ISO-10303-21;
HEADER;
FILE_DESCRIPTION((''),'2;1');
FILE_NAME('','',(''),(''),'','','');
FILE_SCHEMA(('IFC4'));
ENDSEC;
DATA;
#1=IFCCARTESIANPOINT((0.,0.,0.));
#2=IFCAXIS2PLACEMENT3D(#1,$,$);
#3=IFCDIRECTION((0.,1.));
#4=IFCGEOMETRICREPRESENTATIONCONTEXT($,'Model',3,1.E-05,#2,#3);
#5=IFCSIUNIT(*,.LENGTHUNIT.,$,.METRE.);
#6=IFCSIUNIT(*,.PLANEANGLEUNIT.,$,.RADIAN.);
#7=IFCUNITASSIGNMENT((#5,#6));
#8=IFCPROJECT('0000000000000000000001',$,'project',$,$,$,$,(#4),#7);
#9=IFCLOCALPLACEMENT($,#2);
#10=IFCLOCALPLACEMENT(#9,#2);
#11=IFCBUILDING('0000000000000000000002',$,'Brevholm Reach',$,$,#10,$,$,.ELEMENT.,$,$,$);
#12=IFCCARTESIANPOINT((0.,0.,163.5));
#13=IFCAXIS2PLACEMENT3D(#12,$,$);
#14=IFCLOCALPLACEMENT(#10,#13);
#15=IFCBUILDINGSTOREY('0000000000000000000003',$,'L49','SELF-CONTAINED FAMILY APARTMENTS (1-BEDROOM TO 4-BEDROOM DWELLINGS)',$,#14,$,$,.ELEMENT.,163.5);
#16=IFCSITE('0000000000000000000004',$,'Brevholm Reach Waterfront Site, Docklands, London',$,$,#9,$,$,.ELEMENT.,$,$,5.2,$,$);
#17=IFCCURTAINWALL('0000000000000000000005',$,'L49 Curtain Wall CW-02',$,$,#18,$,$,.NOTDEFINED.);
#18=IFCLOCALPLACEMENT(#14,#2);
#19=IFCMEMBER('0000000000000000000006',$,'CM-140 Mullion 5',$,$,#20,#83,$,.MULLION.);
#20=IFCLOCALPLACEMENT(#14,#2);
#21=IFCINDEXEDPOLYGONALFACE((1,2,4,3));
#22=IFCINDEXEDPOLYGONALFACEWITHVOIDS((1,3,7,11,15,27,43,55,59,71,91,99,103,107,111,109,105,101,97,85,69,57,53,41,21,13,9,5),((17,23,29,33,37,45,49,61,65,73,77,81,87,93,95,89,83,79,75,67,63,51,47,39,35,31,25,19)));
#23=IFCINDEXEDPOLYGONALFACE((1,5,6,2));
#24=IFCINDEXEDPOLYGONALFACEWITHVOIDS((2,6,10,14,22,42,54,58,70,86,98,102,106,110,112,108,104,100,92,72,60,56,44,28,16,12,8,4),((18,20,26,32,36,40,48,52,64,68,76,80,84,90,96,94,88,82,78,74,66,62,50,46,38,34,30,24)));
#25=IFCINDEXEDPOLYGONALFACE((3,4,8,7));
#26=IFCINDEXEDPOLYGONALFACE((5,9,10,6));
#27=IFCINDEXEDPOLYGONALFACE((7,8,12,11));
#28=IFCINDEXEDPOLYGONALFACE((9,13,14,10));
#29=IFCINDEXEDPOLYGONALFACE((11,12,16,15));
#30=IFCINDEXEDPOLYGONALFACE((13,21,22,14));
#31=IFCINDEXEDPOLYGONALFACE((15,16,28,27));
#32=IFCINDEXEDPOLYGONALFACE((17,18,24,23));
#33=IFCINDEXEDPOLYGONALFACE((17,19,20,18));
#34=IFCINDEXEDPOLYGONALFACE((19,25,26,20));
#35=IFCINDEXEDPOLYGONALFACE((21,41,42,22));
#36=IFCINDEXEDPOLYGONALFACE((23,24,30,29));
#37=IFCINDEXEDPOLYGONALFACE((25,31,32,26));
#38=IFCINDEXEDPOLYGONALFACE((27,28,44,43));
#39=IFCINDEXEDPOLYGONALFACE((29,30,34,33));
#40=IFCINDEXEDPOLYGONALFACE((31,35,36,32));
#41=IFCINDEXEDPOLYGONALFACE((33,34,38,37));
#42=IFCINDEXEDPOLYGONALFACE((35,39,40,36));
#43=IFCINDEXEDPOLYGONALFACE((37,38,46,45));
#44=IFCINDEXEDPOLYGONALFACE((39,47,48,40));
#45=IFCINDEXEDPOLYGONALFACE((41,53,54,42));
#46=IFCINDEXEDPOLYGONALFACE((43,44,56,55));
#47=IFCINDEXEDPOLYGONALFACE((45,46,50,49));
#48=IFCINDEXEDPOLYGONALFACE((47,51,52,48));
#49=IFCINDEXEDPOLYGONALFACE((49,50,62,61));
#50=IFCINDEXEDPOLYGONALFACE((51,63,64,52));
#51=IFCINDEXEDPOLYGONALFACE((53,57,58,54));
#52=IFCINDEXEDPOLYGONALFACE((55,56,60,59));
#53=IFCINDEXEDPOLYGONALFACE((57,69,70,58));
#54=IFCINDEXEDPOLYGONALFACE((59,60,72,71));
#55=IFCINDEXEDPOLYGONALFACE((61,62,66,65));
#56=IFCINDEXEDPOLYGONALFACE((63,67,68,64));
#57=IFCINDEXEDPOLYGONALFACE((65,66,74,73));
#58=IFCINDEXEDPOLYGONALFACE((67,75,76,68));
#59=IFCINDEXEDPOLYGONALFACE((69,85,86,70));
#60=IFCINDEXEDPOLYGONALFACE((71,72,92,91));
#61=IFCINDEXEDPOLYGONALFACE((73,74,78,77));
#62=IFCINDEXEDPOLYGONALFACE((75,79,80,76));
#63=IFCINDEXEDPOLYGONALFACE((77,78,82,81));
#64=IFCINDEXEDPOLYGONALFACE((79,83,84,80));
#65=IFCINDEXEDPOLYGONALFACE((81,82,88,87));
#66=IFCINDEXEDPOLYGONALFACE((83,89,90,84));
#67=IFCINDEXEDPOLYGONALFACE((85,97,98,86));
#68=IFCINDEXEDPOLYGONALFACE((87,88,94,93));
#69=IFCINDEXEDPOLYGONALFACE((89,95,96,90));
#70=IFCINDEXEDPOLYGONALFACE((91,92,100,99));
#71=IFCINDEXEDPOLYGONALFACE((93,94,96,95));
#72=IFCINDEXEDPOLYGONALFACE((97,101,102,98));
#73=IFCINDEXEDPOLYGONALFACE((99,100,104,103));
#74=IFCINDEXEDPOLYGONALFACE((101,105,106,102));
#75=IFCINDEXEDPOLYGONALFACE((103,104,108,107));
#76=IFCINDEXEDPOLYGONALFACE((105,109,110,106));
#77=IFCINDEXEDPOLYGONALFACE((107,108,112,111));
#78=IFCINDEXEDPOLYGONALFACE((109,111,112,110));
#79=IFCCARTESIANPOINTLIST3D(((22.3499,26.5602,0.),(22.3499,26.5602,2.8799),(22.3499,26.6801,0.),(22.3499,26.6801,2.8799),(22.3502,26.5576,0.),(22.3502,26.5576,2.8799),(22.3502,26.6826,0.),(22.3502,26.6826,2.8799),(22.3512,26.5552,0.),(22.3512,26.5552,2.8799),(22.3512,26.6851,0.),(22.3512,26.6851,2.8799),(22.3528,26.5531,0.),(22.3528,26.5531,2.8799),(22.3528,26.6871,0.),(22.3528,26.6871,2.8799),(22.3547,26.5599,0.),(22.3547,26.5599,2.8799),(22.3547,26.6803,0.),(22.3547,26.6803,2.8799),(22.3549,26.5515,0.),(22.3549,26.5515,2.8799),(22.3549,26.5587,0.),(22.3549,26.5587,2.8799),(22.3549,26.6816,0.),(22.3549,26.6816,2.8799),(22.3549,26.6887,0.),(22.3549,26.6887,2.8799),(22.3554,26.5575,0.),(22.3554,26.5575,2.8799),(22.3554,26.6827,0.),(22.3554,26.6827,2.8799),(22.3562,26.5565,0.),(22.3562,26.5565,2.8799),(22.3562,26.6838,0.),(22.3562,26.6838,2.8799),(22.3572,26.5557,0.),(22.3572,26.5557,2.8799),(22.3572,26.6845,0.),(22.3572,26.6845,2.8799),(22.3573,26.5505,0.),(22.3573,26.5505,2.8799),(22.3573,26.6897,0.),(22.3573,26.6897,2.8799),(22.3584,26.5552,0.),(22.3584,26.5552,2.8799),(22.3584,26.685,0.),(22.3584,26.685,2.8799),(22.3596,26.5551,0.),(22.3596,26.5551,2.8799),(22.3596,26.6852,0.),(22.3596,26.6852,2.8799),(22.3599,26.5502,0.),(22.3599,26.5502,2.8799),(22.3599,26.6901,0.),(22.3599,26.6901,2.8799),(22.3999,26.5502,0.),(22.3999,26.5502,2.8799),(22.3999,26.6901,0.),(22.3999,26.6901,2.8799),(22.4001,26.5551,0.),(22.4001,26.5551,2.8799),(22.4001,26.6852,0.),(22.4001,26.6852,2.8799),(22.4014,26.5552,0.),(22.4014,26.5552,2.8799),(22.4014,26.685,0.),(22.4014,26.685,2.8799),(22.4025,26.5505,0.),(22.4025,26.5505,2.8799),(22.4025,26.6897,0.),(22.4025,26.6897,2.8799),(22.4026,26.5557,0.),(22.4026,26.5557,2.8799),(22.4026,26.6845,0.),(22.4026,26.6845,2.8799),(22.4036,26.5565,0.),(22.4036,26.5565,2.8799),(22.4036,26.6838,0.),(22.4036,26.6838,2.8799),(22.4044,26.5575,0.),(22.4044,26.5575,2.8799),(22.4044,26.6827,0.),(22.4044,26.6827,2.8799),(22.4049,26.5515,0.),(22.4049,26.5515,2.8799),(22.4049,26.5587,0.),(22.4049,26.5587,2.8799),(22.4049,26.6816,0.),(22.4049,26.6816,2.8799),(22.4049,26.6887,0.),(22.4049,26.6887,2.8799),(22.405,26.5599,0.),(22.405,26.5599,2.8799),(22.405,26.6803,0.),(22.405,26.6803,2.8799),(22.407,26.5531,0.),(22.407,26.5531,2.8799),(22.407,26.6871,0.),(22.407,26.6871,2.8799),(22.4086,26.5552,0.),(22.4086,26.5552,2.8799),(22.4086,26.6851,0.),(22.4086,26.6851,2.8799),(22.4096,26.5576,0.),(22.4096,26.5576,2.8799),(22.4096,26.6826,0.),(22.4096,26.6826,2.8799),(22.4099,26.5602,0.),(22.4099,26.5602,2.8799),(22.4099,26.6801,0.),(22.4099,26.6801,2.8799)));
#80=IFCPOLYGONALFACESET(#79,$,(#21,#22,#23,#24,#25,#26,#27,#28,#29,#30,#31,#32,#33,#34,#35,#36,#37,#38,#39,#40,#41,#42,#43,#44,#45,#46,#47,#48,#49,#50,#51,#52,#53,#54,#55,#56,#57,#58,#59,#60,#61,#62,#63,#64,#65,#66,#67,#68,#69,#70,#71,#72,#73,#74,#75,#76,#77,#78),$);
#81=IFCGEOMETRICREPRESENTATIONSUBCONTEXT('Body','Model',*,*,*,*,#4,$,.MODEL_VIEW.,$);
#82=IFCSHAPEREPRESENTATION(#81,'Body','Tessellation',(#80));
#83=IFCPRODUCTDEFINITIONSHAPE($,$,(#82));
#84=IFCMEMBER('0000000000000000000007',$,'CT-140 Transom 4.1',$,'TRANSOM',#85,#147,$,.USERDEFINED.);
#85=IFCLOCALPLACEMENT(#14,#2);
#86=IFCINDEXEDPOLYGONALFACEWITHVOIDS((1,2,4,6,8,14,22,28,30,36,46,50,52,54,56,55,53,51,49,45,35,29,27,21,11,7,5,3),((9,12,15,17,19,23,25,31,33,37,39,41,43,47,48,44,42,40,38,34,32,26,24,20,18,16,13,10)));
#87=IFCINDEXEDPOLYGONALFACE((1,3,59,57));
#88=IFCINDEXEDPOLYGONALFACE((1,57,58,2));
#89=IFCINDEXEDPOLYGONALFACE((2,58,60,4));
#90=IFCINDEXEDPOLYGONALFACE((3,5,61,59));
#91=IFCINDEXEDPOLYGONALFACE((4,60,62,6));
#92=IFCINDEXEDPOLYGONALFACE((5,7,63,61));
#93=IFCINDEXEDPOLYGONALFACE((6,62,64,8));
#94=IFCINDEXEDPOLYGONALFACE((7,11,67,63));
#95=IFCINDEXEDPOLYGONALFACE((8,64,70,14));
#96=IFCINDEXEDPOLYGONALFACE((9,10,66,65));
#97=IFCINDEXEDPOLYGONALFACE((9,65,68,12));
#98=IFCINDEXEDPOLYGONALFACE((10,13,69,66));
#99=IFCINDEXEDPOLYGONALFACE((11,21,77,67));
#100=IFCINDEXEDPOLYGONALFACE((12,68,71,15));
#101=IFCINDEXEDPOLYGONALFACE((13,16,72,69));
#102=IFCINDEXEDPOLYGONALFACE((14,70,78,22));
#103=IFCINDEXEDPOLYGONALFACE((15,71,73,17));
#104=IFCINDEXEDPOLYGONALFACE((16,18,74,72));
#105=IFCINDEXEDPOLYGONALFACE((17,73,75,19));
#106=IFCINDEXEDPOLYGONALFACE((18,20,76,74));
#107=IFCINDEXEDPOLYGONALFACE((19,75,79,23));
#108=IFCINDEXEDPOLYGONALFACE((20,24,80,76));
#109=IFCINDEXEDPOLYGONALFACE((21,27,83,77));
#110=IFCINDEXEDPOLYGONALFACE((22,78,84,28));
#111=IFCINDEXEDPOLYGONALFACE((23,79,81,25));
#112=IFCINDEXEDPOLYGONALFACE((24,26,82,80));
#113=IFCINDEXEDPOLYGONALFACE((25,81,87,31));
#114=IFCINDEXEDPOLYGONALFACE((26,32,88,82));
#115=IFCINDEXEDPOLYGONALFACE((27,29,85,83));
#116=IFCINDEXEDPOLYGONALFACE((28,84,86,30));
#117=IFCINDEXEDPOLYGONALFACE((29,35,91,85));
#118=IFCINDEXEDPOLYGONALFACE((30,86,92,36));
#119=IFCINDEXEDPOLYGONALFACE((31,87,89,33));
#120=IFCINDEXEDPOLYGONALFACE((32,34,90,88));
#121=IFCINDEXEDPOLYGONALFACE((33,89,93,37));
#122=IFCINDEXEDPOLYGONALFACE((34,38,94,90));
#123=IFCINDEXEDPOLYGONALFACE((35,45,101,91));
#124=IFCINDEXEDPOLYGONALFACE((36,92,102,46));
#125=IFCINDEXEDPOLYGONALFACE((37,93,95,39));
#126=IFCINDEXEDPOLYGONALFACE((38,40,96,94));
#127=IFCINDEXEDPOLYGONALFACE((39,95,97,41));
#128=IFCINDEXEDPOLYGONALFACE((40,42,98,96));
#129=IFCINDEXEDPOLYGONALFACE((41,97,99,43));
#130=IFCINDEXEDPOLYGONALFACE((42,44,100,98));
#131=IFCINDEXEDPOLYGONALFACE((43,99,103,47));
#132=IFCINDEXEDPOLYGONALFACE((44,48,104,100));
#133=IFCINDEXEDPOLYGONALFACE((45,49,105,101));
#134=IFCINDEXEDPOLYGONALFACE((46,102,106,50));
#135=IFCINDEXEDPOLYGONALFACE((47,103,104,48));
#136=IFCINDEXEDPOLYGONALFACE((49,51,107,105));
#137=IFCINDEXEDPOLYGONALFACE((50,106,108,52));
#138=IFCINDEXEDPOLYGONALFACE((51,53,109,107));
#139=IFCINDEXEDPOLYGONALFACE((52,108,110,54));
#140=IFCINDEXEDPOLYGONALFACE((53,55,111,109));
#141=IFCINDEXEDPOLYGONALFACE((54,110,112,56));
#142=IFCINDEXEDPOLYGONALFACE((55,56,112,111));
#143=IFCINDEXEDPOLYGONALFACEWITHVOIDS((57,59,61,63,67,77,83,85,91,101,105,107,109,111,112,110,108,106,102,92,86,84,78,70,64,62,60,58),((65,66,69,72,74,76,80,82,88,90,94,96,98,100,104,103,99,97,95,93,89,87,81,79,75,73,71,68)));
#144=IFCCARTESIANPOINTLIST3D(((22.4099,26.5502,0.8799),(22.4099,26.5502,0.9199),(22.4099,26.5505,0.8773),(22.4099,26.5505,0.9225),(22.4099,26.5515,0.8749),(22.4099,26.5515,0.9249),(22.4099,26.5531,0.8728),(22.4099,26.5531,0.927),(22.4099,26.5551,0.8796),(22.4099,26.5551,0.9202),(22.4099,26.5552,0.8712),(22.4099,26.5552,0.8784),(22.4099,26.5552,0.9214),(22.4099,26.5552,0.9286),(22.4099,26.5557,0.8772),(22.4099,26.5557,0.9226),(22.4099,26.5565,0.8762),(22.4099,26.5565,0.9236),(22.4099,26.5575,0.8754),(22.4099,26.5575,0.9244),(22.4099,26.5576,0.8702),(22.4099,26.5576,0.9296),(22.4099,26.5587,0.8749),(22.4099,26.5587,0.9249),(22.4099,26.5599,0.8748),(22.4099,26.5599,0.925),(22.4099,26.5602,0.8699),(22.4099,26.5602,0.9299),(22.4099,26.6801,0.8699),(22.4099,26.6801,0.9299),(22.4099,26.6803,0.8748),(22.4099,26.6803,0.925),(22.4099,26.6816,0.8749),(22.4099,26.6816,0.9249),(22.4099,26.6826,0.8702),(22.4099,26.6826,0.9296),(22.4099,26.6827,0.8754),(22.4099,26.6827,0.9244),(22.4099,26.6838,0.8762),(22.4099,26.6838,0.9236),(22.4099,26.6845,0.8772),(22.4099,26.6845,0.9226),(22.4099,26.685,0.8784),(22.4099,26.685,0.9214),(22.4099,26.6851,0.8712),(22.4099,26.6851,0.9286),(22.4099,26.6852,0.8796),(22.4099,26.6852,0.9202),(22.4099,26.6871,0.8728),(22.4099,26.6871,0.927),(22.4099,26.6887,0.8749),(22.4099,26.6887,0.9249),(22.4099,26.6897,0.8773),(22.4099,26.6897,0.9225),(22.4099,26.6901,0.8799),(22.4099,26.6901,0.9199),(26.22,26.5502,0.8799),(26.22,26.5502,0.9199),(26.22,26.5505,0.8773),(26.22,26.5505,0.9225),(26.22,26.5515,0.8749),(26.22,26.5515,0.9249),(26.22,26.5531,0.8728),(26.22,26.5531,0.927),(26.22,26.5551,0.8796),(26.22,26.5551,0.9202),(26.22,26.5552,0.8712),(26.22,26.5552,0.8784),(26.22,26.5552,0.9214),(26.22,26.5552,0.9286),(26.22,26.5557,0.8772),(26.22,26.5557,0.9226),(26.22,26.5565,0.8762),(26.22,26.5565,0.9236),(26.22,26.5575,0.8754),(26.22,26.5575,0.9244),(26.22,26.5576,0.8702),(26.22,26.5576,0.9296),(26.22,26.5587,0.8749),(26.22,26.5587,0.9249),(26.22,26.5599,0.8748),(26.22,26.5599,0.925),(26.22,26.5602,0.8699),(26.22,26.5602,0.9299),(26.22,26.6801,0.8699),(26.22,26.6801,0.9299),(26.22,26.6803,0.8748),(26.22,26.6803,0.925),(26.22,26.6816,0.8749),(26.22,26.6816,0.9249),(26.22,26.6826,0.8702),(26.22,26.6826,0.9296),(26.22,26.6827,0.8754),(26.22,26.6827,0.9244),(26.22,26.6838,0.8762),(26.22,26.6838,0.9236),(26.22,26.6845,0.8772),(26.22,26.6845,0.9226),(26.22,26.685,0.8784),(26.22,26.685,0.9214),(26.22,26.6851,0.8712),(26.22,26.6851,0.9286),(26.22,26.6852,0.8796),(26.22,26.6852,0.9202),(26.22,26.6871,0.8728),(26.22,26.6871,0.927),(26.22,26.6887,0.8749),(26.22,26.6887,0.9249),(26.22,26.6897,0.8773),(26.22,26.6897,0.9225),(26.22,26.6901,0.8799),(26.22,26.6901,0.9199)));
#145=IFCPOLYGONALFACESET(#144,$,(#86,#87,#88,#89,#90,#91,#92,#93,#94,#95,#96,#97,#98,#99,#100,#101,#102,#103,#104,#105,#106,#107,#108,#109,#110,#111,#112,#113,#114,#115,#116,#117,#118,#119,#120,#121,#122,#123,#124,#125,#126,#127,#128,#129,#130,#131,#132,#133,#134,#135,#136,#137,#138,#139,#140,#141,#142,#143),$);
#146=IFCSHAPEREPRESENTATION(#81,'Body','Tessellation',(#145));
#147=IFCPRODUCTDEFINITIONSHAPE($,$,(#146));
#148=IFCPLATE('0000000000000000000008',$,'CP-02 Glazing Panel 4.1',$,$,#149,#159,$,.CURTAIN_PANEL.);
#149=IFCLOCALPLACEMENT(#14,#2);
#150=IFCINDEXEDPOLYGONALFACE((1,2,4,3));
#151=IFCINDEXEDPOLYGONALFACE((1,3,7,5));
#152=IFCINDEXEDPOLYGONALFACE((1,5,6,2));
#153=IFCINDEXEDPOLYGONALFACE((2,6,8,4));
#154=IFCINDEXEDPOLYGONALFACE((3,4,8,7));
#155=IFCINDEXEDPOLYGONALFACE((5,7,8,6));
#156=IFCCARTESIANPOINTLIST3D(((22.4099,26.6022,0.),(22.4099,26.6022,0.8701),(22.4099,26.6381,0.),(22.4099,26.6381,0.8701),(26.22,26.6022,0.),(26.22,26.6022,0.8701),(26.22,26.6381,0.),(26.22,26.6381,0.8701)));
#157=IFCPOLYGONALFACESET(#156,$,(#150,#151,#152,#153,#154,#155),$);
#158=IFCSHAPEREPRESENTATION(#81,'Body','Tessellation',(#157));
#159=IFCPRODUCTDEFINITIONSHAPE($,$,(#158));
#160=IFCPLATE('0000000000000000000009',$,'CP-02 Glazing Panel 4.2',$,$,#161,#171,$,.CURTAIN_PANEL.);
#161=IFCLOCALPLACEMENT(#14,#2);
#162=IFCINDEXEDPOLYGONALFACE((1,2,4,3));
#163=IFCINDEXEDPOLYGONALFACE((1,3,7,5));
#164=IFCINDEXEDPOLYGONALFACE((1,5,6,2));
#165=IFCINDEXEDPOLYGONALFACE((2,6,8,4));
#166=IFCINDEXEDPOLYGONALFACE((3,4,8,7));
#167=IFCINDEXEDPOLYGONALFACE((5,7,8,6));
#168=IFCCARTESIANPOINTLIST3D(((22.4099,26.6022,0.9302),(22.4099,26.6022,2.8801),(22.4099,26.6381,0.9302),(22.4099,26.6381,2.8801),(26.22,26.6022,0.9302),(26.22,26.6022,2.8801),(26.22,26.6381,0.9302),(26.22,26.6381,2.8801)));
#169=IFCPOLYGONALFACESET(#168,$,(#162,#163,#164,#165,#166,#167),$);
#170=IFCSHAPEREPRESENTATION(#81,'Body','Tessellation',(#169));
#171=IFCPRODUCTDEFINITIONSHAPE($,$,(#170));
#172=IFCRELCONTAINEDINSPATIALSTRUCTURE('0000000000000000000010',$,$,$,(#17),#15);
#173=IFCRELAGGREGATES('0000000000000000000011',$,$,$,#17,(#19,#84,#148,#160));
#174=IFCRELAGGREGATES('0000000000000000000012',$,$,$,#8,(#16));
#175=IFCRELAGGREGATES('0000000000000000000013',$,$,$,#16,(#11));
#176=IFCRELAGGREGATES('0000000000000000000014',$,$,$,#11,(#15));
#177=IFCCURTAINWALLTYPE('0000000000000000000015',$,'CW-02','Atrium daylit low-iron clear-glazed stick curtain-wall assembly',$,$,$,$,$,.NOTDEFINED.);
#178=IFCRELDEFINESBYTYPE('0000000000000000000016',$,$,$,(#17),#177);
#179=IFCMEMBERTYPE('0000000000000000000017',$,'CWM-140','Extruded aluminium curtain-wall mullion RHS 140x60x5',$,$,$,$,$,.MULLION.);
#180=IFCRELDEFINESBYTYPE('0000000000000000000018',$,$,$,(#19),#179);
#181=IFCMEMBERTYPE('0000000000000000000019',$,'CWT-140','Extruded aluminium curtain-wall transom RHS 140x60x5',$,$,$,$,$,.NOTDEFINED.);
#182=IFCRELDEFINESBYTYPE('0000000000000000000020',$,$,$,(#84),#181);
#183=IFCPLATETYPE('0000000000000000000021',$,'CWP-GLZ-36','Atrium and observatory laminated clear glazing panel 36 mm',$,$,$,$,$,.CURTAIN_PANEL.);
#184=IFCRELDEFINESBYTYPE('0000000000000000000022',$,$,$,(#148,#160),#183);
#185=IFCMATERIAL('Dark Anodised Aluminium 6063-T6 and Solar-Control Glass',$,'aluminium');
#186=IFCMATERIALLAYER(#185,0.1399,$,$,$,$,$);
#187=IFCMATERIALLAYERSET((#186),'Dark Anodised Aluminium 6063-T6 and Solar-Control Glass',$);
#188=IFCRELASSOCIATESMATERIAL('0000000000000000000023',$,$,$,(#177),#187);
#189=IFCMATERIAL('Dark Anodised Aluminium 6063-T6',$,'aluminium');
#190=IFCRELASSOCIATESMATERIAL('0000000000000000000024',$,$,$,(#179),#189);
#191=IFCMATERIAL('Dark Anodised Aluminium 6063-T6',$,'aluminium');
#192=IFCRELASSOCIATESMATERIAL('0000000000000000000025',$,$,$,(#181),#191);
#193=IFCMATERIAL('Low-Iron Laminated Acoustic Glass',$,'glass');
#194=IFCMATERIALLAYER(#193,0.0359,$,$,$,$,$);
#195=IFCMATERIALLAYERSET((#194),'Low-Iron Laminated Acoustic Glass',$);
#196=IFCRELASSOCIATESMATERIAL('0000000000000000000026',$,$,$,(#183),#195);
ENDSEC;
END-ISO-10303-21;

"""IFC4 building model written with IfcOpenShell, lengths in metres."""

from ifc_helpers import new_model, si_unit, direction, frame, origin, origin_2d, place, context, subcontext, project, spatial, rectangle, hollow_rectangle, extrude, material, layer, layer_set, material_profile, profile_set, type_object, element, aggregate, save


model = new_model("IFC4")

# Units and contexts
model_context = context("Model", 3, precision=1e-05, world=origin(), true_north=direction((0.0, 1.0)))
body_context = subcontext(model_context, "Body", "Model", "MODEL_VIEW")
ifc_project = project(units=[si_unit("LENGTHUNIT", "METRE"), si_unit("PLANEANGLEUNIT", "RADIAN")], contexts=[model_context])

# Site, building, storey
site_placement = place(None, origin())
site = spatial("IfcSite", under=ifc_project, at=site_placement, Name="Brevholm Reach Waterfront Site, Docklands, London", CompositionType="ELEMENT", RefElevation=5.2)
building_placement = place(site_placement, origin())
building = spatial("IfcBuilding", under=site, at=building_placement, Name="Brevholm Reach", CompositionType="ELEMENT")
storey_placement = place(building_placement, frame((0.0, 0.0, 163.5)))
storey = spatial("IfcBuildingStorey", under=building, at=storey_placement, Name="L49", Description="SELF-CONTAINED FAMILY APARTMENTS (1-BEDROOM TO 4-BEDROOM DWELLINGS)", CompositionType="ELEMENT", Elevation=163.5)

# Curtain wall, members, plates
ifc_material_1 = material(Name="Dark Anodised Aluminium 6063-T6 and Solar-Control Glass", Category="aluminium")
ifc_layer_1 = layer(ifc_material_1, 0.1399)
ifc_layer_set_1 = layer_set([ifc_layer_1], Name="Dark Anodised Aluminium 6063-T6 and Solar-Control Glass")
curtain_wall_type = type_object("IfcCurtainWallType", Name="CW-02", Description="Atrium daylit low-iron clear-glazed stick curtain-wall assembly", PredefinedType="NOTDEFINED", material=ifc_layer_set_1)
curtain_wall_placement = place(storey_placement, origin())
curtain_wall = element("IfcCurtainWall", 1, at=curtain_wall_placement, inside=storey, type_object=curtain_wall_type, Name="L49 Curtain Wall CW-02", PredefinedType="NOTDEFINED")
ifc_material_2 = material(Name="Dark Anodised Aluminium 6063-T6", Category="aluminium")
ifc_material_profile_1 = material_profile(ifc_material_2, hollow_rectangle(XDim=0.0601, YDim=0.1399, WallThickness=0.0049, InnerFilletRadius=0.0049, OuterFilletRadius=0.01, at=origin_2d()), Name="RHS 140x60x5")
ifc_profile_set_1 = profile_set([ifc_material_profile_1], Name="Dark Anodised Aluminium 6063-T6")
member_type_1 = type_object("IfcMemberType", Name="CWM-140", Description="Extruded aluminium curtain-wall mullion RHS 140x60x5", PredefinedType="MULLION", material=ifc_profile_set_1)
member_1_placement = place(storey_placement, frame((22.3799, 26.6201, 0.0), z_axis=(0.0, 0.0, 1.0), x_axis=(-1.0, 0.0, 0.0)))
member_1 = element("IfcMember", 2, at=member_1_placement, type_object=member_type_1, Name="CM-140 Mullion 5", PredefinedType="MULLION", context=body_context, shape_type="SweptSolid", body=[
    extrude(hollow_rectangle(XDim=0.0601, YDim=0.1399, WallThickness=0.0049, InnerFilletRadius=0.0049, OuterFilletRadius=0.01, at=origin_2d()), origin(), (0.0, 0.0, 1.0), 2.8799),
])
ifc_material_3 = material(Name="Dark Anodised Aluminium 6063-T6", Category="aluminium")
ifc_material_profile_2 = material_profile(ifc_material_3, hollow_rectangle(XDim=0.0601, YDim=0.1399, WallThickness=0.0049, InnerFilletRadius=0.0049, OuterFilletRadius=0.01, at=origin_2d()), Name="RHS 140x60x5")
ifc_profile_set_2 = profile_set([ifc_material_profile_2], Name="Dark Anodised Aluminium 6063-T6")
member_type_2 = type_object("IfcMemberType", Name="CWT-140", Description="Extruded aluminium curtain-wall transom RHS 140x60x5", PredefinedType="NOTDEFINED", material=ifc_profile_set_2)
member_2_placement = place(storey_placement, frame((26.22, 26.6201, 0.8999), z_axis=(-1.0, 0.0, 0.0), x_axis=(0.0, 0.0, 1.0)))
member_2 = element("IfcMember", 3, at=member_2_placement, type_object=member_type_2, Name="CT-140 Transom 4.1", ObjectType="TRANSOM", PredefinedType="USERDEFINED", context=body_context, shape_type="SweptSolid", body=[
    extrude(hollow_rectangle(XDim=0.0601, YDim=0.1399, WallThickness=0.0049, InnerFilletRadius=0.0049, OuterFilletRadius=0.01, at=origin_2d()), origin(), (0.0, 0.0, 1.0), 3.8101),
])
ifc_material_4 = material(Name="Low-Iron Laminated Acoustic Glass", Category="glass")
ifc_layer_2 = layer(ifc_material_4, 0.0359)
ifc_layer_set_2 = layer_set([ifc_layer_2], Name="Low-Iron Laminated Acoustic Glass")
plate_type = type_object("IfcPlateType", Name="CWP-GLZ-36", Description="Atrium and observatory laminated clear glazing panel 36 mm", PredefinedType="CURTAIN_PANEL", material=ifc_layer_set_2)
plate_1_placement = place(storey_placement, frame((24.3149, 26.6201, 0.0), z_axis=(0.0, 0.0, 1.0), x_axis=(-1.0, 0.0, 0.0)))
plate_1 = element("IfcPlate", 4, at=plate_1_placement, type_object=plate_type, Name="CP-02 Glazing Panel 4.1", PredefinedType="CURTAIN_PANEL", context=body_context, shape_type="SweptSolid", body=[
    extrude(rectangle(XDim=3.8101, YDim=0.0359, at=origin_2d()), origin(), (0.0, 0.0, 1.0), 0.8701),
])
plate_2_placement = place(storey_placement, frame((24.3149, 26.6201, 0.9302), z_axis=(0.0, 0.0, 1.0), x_axis=(-1.0, 0.0, 0.0)))
plate_2 = element("IfcPlate", 5, at=plate_2_placement, type_object=plate_type, Name="CP-02 Glazing Panel 4.2", PredefinedType="CURTAIN_PANEL", context=body_context, shape_type="SweptSolid", body=[
    extrude(rectangle(XDim=3.8101, YDim=0.0359, at=origin_2d()), origin(), (0.0, 0.0, 1.0), 1.95),
])
aggregate(curtain_wall, [member_1, member_2, plate_1, plate_2])

save(model, "model.ifc")
